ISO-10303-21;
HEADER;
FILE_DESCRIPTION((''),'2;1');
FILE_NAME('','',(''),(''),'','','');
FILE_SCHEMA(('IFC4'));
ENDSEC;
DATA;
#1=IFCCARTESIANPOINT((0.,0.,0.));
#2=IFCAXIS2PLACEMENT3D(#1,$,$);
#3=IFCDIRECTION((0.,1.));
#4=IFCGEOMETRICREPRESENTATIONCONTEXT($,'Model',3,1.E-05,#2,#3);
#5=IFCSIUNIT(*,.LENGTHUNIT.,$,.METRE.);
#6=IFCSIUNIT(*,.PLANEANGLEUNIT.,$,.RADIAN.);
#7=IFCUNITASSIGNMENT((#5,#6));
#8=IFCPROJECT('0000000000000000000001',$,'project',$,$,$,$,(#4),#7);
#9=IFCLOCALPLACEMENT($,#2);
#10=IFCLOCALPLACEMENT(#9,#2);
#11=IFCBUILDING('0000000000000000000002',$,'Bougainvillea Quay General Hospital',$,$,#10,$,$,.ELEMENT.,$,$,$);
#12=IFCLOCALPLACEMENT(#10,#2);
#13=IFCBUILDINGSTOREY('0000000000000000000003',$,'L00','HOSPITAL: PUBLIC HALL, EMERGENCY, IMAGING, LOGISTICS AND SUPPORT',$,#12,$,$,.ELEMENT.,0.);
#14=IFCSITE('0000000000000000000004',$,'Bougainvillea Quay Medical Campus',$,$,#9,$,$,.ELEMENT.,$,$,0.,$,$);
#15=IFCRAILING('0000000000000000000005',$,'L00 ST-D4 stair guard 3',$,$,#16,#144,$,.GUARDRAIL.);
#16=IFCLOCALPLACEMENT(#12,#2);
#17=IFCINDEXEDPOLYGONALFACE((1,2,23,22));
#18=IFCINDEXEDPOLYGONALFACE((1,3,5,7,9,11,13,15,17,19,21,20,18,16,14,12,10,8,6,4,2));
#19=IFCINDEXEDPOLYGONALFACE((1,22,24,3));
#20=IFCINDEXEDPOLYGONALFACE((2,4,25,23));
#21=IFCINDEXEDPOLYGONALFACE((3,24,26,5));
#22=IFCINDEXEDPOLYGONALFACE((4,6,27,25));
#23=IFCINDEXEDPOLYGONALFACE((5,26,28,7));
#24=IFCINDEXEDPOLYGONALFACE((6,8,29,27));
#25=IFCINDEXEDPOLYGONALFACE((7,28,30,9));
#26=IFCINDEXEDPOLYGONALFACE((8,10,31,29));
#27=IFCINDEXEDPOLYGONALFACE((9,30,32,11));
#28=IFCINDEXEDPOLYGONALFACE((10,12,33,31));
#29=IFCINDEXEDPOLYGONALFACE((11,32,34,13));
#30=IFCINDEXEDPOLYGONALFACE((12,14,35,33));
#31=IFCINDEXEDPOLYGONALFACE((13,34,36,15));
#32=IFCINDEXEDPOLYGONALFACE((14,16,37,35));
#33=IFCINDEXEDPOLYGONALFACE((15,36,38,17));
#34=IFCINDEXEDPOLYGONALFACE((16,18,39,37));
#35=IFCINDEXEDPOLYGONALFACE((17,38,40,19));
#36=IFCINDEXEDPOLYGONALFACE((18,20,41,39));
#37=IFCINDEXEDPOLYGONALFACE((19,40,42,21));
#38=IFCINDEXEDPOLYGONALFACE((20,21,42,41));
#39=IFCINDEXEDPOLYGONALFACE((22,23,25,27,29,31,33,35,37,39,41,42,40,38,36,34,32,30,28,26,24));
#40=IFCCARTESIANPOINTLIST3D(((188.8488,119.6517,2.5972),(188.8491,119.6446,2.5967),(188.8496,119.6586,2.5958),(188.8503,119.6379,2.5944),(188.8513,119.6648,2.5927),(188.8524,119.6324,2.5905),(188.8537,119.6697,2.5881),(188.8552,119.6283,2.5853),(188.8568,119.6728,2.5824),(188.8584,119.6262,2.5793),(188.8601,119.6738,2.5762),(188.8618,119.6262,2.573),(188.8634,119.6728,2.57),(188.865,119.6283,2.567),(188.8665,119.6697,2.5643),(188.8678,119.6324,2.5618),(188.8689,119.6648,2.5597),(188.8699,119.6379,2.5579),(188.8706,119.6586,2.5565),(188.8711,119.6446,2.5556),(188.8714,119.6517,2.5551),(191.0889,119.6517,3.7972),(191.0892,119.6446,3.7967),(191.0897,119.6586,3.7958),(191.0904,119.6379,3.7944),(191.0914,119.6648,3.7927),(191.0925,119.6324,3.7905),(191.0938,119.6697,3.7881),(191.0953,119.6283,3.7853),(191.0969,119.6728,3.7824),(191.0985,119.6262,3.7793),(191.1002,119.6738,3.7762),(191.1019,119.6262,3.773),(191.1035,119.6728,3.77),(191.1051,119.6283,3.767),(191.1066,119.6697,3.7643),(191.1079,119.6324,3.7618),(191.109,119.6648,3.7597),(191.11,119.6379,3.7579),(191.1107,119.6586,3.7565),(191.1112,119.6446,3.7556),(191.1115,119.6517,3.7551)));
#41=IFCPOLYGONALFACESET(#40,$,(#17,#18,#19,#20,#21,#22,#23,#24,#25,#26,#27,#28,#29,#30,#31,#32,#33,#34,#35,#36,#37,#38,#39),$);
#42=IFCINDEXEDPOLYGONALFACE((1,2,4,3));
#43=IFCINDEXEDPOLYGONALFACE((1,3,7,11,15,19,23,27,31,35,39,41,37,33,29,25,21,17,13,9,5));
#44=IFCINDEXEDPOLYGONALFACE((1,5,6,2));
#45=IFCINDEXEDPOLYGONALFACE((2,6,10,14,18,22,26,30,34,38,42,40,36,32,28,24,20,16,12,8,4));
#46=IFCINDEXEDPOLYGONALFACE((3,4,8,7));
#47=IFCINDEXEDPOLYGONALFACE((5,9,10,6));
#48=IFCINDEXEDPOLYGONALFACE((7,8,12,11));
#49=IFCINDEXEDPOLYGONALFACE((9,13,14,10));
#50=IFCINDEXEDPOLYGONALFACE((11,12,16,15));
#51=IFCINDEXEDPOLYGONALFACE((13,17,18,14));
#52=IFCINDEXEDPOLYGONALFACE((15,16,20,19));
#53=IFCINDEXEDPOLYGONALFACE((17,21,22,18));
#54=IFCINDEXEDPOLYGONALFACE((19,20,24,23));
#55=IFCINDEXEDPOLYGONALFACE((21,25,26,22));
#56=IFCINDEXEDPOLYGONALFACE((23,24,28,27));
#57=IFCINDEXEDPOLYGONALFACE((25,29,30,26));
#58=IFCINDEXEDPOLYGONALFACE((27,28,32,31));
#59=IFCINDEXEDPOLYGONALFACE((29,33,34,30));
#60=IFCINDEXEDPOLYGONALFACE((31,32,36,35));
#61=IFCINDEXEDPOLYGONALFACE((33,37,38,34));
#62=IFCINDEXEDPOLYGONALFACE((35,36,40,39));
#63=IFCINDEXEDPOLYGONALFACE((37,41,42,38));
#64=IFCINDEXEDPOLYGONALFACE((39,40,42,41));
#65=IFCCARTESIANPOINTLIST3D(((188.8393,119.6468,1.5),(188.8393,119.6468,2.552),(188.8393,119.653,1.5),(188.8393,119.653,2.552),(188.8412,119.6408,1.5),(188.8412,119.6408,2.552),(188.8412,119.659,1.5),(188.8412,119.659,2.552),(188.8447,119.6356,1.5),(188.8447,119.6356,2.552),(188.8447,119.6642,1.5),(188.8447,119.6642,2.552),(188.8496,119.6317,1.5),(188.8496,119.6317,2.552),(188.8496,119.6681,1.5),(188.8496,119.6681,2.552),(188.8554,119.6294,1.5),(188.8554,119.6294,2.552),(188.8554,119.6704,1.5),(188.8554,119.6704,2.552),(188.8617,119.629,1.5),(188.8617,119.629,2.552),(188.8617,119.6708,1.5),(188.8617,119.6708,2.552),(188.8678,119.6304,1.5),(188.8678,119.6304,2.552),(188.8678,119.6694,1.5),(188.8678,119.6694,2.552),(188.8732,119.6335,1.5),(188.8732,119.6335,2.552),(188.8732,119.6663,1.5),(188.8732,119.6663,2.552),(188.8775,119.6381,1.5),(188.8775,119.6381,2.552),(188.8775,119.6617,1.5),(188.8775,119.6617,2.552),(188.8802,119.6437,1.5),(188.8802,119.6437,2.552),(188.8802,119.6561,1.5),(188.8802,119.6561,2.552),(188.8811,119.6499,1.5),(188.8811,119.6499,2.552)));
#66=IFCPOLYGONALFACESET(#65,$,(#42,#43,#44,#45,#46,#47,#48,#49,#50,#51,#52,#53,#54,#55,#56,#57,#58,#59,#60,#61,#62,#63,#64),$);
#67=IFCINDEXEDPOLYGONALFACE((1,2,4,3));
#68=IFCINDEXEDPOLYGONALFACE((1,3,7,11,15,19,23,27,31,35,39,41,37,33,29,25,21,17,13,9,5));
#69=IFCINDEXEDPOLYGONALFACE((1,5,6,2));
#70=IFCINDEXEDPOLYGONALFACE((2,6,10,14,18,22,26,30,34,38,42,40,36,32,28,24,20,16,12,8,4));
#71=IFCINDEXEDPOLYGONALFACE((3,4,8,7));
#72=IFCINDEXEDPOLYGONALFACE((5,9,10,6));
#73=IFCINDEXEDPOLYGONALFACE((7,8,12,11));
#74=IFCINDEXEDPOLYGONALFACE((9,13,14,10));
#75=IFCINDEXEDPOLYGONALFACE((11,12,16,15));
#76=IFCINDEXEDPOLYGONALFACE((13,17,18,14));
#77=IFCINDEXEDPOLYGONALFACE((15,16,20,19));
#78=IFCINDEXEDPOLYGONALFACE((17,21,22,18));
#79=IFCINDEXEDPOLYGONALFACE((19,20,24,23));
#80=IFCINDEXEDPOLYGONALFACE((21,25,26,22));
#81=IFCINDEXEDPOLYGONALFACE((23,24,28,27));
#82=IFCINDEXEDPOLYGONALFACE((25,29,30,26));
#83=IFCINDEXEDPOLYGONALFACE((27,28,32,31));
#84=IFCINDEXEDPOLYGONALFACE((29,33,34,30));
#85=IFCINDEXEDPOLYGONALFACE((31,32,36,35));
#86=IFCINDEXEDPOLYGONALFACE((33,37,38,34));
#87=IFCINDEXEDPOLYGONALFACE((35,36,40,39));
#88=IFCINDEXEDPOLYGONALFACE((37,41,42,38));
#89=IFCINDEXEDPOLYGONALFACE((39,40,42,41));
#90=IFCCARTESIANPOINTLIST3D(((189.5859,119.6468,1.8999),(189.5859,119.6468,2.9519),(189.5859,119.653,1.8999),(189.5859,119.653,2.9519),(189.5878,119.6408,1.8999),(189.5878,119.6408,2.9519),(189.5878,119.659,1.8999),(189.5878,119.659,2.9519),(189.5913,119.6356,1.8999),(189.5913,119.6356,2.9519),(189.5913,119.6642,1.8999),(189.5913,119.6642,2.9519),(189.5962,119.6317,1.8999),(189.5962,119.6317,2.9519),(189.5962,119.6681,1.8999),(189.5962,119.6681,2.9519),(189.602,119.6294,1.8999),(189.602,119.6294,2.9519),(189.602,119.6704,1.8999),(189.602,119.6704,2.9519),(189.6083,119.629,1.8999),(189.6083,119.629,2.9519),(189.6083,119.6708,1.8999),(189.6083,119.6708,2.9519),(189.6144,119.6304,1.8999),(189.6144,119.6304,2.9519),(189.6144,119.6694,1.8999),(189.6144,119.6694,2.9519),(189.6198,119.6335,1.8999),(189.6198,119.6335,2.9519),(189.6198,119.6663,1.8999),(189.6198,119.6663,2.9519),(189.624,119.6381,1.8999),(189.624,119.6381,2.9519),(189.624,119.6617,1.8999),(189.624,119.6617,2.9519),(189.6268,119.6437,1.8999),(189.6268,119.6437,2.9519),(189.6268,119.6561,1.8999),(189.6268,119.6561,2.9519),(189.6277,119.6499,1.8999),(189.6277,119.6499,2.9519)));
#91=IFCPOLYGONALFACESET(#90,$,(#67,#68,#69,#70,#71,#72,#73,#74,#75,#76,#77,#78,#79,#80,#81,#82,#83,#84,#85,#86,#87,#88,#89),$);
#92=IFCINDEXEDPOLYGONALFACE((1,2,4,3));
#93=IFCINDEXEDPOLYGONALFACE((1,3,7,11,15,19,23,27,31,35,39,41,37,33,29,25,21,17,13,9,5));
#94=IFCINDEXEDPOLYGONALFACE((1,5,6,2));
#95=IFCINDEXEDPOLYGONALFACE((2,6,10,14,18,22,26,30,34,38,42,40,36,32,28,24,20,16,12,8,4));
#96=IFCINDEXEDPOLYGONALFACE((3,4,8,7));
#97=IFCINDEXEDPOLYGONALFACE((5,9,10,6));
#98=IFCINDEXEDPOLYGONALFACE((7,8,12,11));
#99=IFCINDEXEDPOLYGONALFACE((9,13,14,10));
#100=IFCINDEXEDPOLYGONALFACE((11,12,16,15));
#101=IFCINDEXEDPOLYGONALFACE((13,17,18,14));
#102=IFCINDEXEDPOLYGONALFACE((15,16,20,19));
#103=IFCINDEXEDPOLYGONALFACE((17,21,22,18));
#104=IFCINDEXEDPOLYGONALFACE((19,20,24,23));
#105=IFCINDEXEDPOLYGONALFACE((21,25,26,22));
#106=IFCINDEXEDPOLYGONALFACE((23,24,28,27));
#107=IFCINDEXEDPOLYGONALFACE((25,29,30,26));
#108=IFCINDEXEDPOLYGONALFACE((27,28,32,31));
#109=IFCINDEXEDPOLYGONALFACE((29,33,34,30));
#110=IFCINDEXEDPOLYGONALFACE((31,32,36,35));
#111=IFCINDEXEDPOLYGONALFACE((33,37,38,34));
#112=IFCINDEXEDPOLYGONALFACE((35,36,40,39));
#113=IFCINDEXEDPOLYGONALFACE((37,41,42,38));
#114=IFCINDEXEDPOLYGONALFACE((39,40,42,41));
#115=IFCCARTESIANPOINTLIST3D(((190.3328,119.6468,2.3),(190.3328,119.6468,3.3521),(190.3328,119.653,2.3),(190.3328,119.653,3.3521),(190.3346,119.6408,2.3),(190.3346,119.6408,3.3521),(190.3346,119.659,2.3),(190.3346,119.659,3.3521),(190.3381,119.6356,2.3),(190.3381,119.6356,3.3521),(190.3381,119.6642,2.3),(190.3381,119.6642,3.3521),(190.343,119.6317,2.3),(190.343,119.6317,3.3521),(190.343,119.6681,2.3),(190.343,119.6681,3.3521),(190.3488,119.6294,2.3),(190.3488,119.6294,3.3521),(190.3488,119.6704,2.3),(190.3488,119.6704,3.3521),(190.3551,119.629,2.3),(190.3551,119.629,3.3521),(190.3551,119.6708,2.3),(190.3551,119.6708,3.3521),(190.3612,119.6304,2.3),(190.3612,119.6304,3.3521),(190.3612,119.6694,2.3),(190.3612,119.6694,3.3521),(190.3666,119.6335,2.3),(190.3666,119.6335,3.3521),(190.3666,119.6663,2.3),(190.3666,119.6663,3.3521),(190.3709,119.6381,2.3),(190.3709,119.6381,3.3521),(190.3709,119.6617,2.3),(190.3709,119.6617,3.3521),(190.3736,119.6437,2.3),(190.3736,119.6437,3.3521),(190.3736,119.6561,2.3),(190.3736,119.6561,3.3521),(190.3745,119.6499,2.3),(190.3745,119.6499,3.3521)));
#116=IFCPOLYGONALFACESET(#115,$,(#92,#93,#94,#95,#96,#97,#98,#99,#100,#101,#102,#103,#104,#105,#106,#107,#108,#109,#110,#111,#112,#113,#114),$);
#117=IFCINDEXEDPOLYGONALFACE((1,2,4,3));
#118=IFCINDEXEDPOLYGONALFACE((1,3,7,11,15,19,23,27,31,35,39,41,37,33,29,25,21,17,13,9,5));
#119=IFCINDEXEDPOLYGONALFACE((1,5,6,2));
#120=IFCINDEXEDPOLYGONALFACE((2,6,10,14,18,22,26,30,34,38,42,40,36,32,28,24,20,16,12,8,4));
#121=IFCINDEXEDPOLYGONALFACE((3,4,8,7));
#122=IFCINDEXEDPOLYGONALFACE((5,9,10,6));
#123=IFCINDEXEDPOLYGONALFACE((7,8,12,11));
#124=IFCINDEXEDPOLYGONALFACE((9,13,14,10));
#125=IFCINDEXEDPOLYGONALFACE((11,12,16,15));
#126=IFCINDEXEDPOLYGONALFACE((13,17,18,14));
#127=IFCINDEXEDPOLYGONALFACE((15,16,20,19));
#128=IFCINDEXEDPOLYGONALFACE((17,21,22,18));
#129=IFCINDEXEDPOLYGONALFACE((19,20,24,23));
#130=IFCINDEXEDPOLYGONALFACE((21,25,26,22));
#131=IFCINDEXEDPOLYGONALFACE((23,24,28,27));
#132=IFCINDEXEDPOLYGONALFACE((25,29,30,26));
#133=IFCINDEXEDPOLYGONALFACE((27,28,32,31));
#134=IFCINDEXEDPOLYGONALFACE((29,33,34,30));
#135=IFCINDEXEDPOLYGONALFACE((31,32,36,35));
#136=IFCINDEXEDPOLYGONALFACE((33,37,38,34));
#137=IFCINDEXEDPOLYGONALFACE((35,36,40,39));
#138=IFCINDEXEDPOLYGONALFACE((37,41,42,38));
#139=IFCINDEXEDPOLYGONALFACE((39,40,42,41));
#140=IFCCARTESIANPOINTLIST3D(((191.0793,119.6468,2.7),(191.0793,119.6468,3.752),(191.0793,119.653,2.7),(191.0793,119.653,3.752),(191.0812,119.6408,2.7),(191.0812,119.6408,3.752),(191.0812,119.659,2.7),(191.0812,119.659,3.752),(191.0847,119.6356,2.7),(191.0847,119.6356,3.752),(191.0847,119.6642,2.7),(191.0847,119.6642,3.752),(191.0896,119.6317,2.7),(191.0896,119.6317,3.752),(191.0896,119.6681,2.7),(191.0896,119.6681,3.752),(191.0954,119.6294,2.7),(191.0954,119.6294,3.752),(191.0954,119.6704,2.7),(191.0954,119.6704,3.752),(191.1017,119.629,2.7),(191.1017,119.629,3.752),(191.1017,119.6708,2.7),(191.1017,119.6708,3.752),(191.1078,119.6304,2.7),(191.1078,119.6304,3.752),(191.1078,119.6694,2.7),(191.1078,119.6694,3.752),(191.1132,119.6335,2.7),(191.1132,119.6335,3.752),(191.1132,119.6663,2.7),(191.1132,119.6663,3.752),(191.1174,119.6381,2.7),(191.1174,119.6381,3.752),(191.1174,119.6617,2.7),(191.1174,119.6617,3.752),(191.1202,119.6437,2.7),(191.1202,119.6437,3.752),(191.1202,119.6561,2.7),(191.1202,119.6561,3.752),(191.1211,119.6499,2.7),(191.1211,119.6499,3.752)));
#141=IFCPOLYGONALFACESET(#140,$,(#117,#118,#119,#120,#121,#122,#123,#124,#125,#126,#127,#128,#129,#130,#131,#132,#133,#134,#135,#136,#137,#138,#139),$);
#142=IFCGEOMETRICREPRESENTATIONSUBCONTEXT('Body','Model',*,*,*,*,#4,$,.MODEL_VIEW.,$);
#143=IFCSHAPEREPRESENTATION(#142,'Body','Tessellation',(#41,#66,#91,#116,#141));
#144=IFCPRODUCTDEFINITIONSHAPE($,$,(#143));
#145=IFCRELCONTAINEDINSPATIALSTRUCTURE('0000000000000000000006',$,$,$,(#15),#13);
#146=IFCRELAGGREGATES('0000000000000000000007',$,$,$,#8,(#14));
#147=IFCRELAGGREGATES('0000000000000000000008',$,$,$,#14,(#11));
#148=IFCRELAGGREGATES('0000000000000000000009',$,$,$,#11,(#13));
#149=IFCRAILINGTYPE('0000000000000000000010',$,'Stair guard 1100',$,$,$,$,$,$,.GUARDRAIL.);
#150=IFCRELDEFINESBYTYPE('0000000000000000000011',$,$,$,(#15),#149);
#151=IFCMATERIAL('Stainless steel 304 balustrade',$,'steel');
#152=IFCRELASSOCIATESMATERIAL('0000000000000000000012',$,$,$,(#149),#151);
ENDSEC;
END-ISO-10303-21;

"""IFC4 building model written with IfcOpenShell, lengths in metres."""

from ifc_helpers import new_model, si_unit, direction, frame, origin, origin_2d, place, context, subcontext, project, spatial, circle, extrude, material, type_object, element, save


model = new_model("IFC4")

# Units and contexts
model_context = context("Model", 3, precision=1e-05, world=origin(), true_north=direction((0.0, 1.0)))
body_context = subcontext(model_context, "Body", "Model", "MODEL_VIEW")
ifc_project = project(units=[si_unit("LENGTHUNIT", "METRE"), si_unit("PLANEANGLEUNIT", "RADIAN")], contexts=[model_context])

# Site, building, storey
site_placement = place(None, origin())
site = spatial("IfcSite", under=ifc_project, at=site_placement, Name="Bougainvillea Quay Medical Campus", CompositionType="ELEMENT", RefElevation=0.0)
building_placement = place(site_placement, origin())
building = spatial("IfcBuilding", under=site, at=building_placement, Name="Bougainvillea Quay General Hospital", CompositionType="ELEMENT")
storey_placement = place(building_placement, origin())
storey = spatial("IfcBuildingStorey", under=building, at=storey_placement, Name="L00", Description="HOSPITAL: PUBLIC HALL, EMERGENCY, IMAGING, LOGISTICS AND SUPPORT", CompositionType="ELEMENT", Elevation=0.0)

# Railing
ifc_material_1 = material(Name="Stainless steel 304 balustrade", Category="steel")
railing_type_1 = type_object("IfcRailingType", Name="Stair guard 1100", PredefinedType="GUARDRAIL", material=ifc_material_1)
railing_1_placement = place(storey_placement, frame((188.8601, 119.6499, 1.5)))
element("IfcRailing", 1, at=railing_1_placement, inside=storey, type_object=railing_type_1, Name="L00 ST-D4 stair guard 3", PredefinedType="GUARDRAIL", context=body_context, shape_type="SweptSolid", body=[
    extrude(circle(Radius=0.0239, at=origin_2d()), frame((0.0, 0.0, 1.0762), z_axis=(0.881487, 0.0, 0.472208), x_axis=(0.0, 1.0, 0.0)), (0.0, 0.0, 1.0), 2.5413),
    extrude(circle(Radius=0.021, at=origin_2d()), origin(), (0.0, 0.0, 1.0), 1.052),
    extrude(circle(Radius=0.021, at=origin_2d()), frame((0.7466, 0.0, 0.3999)), (0.0, 0.0, 1.0), 1.052),
    extrude(circle(Radius=0.021, at=origin_2d()), frame((1.4934, 0.0, 0.8)), (0.0, 0.0, 1.0), 1.052),
    extrude(circle(Radius=0.021, at=origin_2d()), frame((2.24, 0.0, 1.2)), (0.0, 0.0, 1.0), 1.052),
])

save(model, "model.ifc")
